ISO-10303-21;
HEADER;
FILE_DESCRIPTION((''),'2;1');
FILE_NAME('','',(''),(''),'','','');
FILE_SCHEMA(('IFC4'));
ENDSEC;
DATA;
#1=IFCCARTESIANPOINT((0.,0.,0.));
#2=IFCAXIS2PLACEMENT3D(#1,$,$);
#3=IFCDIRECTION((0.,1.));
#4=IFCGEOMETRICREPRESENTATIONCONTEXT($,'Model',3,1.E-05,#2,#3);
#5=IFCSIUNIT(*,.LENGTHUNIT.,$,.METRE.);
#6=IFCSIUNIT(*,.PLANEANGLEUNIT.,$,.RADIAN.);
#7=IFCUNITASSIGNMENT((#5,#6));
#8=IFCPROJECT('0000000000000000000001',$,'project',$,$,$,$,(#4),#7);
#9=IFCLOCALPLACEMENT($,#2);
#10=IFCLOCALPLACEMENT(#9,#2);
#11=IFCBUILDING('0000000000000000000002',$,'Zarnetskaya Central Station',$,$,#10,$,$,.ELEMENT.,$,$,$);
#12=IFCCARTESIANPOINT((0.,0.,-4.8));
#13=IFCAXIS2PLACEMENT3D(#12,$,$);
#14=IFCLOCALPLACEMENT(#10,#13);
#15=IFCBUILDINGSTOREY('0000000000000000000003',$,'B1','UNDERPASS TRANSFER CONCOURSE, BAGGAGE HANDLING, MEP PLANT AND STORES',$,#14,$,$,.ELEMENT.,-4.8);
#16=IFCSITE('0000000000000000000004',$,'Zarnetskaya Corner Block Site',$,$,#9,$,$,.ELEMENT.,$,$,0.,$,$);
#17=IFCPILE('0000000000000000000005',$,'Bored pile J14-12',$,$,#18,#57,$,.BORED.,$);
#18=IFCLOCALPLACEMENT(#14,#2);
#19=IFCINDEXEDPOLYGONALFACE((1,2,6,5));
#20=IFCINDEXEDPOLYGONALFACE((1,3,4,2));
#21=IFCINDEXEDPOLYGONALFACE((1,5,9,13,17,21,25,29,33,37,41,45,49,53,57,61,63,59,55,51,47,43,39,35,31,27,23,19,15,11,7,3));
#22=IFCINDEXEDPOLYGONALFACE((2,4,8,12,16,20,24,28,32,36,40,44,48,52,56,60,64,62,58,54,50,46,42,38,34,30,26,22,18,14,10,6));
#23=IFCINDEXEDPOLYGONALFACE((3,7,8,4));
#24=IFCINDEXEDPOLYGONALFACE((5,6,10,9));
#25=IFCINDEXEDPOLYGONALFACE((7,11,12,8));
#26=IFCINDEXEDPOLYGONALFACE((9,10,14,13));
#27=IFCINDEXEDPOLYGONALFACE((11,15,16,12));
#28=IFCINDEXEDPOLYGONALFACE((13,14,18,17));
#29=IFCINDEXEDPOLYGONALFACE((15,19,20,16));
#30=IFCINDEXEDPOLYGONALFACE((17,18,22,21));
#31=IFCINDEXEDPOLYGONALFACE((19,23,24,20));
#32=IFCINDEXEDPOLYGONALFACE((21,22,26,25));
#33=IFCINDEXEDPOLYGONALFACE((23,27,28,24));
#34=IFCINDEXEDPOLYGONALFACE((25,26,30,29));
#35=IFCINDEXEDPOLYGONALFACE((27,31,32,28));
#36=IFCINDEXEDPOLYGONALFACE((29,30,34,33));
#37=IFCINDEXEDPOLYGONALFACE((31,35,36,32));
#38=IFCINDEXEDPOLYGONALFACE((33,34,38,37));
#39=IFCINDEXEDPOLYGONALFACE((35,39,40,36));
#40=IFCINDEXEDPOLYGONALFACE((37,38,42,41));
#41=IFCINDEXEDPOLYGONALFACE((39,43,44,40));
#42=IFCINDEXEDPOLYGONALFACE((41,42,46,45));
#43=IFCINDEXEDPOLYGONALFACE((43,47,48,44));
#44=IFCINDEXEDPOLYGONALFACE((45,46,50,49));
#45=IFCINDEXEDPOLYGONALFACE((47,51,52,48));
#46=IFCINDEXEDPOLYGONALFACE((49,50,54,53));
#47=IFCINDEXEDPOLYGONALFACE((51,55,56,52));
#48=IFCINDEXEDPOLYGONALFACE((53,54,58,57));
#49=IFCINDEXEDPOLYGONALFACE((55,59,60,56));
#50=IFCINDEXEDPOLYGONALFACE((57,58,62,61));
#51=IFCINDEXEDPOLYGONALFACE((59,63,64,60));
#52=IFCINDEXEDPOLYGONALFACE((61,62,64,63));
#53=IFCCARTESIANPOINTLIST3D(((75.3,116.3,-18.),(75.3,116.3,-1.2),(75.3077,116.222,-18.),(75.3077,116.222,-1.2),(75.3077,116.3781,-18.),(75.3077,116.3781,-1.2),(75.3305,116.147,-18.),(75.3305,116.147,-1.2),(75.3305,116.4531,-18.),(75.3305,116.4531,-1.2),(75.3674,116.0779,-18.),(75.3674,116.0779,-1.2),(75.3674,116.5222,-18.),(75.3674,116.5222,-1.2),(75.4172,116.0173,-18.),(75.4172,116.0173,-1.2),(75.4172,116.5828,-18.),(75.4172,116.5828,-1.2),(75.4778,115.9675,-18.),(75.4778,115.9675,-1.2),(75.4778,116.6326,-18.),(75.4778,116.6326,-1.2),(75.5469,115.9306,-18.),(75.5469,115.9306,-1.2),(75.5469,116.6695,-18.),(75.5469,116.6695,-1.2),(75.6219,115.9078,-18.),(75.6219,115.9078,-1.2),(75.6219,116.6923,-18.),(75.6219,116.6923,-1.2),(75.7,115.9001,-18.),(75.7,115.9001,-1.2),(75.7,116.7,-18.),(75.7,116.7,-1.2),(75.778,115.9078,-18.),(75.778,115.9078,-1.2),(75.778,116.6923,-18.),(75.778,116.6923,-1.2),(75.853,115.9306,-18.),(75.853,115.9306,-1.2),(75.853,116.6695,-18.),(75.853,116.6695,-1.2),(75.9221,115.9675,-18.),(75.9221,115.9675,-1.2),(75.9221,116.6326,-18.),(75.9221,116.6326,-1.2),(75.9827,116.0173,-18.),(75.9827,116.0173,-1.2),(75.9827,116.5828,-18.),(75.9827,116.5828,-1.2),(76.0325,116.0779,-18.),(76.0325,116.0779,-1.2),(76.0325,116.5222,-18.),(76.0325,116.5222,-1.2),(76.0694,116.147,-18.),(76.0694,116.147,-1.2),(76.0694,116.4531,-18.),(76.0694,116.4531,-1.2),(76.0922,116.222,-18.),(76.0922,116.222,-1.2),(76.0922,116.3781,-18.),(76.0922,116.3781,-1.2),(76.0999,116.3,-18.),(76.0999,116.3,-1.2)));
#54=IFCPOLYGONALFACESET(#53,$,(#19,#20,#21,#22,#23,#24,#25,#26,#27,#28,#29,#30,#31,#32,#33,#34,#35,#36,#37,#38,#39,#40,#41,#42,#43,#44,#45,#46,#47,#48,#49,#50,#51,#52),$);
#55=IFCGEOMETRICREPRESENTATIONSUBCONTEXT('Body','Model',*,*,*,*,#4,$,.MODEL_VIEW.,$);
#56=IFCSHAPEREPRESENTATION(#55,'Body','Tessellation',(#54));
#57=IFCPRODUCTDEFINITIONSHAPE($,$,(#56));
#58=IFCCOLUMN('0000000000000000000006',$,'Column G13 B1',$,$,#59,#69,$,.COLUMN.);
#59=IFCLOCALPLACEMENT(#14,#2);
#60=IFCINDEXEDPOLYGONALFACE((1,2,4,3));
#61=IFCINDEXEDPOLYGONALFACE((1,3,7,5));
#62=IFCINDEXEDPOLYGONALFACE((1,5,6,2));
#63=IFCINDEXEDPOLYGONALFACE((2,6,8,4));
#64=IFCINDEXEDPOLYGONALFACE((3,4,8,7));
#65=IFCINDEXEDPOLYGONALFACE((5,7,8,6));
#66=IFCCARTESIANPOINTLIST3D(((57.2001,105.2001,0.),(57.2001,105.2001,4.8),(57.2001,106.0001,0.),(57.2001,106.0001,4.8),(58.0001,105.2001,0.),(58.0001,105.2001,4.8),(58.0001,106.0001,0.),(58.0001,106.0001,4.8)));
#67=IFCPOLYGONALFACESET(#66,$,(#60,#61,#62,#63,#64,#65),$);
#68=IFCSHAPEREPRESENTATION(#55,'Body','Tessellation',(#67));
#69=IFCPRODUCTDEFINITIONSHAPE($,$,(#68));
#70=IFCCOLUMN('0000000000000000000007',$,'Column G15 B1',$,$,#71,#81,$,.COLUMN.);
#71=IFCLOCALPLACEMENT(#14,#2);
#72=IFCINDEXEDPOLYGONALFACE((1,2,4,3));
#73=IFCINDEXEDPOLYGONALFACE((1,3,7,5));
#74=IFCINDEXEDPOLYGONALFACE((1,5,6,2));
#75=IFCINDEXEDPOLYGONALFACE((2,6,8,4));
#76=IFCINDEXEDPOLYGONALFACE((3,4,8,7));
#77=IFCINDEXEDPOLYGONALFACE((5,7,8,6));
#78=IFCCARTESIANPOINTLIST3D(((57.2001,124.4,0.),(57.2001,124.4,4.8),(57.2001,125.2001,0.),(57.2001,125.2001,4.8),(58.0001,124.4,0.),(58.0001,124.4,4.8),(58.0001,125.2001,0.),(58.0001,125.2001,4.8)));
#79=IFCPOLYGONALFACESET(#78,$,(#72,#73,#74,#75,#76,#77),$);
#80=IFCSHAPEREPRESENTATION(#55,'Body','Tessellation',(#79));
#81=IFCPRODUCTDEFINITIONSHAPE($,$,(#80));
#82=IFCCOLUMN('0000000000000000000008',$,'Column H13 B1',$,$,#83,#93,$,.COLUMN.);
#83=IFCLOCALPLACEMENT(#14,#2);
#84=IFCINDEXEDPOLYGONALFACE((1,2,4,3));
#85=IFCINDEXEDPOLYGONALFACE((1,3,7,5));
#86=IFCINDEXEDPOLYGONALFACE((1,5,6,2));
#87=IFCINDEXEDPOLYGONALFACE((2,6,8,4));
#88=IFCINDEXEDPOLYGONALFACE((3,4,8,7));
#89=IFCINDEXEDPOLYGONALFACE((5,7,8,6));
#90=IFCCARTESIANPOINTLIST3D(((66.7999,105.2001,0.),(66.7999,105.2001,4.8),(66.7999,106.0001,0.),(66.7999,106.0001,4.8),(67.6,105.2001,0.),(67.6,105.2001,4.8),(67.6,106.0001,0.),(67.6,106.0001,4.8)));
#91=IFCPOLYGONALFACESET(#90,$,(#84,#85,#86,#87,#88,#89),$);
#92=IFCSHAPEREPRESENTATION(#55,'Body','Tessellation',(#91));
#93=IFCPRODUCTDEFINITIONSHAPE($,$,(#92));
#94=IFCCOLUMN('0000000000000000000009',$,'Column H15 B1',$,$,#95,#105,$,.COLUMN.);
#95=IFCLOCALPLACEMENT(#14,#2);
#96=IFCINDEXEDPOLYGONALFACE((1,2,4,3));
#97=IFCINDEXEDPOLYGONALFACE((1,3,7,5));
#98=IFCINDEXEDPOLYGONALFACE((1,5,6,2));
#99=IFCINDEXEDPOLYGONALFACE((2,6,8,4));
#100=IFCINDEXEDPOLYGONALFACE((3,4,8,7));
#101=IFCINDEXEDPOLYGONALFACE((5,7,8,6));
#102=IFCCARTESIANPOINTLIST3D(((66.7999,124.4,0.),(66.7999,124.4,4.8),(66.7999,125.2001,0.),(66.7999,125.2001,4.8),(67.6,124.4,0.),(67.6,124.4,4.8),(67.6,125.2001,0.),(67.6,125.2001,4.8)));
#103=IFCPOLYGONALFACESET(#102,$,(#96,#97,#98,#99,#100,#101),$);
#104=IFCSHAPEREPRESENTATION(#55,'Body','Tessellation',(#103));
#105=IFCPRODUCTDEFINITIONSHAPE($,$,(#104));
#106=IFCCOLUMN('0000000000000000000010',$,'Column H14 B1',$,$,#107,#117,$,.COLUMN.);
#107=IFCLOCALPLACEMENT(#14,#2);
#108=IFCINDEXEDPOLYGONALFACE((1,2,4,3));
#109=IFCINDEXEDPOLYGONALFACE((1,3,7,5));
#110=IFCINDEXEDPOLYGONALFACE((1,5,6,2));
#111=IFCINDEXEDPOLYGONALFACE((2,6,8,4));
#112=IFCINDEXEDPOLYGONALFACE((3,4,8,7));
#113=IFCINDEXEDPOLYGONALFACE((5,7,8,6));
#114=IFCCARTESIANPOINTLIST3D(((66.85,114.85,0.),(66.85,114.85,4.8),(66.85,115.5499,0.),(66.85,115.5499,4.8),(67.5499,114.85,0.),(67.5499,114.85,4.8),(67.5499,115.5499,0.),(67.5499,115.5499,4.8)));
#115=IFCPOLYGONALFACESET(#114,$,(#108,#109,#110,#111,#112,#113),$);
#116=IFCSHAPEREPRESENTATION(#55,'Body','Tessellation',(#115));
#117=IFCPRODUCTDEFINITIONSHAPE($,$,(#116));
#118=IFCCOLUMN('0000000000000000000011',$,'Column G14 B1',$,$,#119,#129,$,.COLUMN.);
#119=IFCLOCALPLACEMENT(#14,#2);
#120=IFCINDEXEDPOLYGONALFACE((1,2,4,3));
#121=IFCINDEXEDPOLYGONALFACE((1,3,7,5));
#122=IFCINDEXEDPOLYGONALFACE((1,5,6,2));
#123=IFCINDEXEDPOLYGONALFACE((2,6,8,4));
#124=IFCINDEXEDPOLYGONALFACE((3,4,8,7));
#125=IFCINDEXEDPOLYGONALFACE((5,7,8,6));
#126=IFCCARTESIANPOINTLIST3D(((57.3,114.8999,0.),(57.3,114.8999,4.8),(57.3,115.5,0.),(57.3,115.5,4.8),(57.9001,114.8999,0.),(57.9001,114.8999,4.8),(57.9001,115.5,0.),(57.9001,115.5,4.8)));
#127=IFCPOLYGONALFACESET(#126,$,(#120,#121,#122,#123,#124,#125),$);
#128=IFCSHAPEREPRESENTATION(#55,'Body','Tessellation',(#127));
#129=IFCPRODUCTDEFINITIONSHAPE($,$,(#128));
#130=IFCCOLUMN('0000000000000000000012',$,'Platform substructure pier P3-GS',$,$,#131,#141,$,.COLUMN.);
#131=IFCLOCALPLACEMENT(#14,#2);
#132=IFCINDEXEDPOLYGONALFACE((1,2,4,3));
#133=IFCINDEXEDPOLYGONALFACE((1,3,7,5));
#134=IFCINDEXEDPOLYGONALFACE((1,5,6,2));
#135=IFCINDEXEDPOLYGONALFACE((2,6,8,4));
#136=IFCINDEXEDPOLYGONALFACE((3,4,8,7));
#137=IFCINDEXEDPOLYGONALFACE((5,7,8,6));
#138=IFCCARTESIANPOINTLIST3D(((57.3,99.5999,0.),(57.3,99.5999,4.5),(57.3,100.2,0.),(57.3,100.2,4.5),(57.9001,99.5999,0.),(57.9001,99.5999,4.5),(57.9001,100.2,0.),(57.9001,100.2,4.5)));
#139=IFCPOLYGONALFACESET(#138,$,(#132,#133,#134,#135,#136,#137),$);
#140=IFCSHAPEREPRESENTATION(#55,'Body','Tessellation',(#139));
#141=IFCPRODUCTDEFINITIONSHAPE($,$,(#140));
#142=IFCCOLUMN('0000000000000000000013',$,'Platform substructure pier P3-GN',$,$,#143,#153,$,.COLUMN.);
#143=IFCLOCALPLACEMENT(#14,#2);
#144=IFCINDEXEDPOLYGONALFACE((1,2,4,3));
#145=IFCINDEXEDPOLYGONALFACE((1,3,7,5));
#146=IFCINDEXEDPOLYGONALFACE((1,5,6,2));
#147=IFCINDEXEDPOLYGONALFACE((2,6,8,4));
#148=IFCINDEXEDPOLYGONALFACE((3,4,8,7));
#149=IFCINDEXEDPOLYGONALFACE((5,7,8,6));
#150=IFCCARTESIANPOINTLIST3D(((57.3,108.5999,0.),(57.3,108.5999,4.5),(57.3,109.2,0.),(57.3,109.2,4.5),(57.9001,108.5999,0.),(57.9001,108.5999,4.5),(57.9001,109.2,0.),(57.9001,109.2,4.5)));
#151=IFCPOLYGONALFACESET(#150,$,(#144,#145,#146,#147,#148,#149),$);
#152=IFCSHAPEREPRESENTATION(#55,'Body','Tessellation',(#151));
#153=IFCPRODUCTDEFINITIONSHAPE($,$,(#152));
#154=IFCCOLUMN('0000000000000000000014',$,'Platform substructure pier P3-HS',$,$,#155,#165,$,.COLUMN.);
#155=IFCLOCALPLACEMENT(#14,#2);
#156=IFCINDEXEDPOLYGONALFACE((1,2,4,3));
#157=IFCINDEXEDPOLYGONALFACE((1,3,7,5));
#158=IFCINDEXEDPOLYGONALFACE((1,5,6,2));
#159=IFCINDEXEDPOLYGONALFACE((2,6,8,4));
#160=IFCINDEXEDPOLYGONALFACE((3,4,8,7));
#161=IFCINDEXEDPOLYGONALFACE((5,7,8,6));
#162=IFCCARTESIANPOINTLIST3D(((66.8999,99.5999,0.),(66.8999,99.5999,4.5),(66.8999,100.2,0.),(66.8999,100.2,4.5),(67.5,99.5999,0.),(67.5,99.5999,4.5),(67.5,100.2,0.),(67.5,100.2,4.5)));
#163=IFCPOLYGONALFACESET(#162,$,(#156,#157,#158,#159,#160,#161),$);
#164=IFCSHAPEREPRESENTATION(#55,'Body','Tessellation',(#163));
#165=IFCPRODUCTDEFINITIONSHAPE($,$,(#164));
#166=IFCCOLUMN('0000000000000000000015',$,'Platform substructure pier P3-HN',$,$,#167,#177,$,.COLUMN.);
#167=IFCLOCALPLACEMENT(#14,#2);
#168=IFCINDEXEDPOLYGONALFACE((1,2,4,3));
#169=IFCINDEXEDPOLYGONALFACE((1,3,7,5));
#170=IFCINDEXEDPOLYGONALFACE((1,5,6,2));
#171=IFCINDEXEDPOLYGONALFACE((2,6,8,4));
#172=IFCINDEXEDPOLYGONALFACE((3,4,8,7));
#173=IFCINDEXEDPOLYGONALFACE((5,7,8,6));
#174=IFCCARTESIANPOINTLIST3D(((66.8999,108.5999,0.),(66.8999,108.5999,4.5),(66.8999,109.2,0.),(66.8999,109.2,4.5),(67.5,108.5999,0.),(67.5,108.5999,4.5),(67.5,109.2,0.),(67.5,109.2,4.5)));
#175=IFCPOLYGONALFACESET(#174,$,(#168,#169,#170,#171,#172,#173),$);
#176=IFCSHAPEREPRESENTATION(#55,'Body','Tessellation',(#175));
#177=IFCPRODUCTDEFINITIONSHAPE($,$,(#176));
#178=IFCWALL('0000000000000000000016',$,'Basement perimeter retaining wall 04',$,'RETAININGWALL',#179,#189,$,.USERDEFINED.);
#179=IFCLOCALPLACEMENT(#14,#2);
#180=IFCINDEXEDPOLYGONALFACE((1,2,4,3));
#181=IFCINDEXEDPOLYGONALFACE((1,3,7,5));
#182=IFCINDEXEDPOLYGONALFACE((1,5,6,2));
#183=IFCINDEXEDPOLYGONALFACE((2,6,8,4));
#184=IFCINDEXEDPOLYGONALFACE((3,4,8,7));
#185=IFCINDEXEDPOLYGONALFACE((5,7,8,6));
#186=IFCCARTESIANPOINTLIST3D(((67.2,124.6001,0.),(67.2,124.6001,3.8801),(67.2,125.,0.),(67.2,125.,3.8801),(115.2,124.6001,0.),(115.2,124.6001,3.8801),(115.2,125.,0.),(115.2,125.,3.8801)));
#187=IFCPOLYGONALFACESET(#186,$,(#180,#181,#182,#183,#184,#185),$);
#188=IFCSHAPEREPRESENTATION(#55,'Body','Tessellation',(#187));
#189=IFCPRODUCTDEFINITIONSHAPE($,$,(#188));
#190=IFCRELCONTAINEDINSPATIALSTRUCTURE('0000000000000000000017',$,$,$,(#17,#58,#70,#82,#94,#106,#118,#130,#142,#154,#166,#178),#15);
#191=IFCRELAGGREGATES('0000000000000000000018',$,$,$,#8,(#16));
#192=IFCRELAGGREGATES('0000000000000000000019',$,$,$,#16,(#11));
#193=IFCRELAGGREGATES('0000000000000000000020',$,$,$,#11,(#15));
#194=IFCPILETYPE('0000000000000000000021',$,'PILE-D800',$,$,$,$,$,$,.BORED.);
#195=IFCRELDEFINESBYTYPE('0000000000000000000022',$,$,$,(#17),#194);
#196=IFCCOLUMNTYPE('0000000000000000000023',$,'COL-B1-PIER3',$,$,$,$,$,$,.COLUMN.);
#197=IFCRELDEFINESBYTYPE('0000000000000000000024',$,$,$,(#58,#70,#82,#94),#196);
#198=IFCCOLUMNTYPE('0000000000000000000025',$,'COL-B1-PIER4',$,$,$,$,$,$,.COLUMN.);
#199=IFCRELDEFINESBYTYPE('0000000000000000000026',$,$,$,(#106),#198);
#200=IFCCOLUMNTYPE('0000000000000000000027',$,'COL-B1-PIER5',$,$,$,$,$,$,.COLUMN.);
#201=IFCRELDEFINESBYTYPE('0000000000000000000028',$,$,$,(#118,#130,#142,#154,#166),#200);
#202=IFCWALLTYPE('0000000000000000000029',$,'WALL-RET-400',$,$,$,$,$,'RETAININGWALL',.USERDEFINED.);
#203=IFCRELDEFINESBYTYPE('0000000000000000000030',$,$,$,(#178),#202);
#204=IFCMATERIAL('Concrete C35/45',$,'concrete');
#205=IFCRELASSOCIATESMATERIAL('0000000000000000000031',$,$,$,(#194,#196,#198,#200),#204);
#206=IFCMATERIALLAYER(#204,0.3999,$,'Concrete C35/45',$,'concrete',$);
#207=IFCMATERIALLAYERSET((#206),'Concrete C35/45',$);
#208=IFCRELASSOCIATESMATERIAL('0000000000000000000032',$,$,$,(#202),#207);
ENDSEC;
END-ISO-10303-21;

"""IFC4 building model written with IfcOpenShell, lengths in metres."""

from ifc_helpers import new_model, si_unit, direction, frame, frame_2d, origin, origin_2d, place, context, subcontext, project, spatial, rectangle, circle, extrude, material, layer, layer_set, material_profile, profile_set, type_object, element, save


model = new_model("IFC4")

# Units and contexts
model_context = context("Model", 3, precision=1e-05, world=origin(), true_north=direction((0.0, 1.0)))
body_context = subcontext(model_context, "Body", "Model", "MODEL_VIEW")
ifc_project = project(units=[si_unit("LENGTHUNIT", "METRE"), si_unit("PLANEANGLEUNIT", "RADIAN")], contexts=[model_context])

# Site, building, storey
site_placement = place(None, origin())
site = spatial("IfcSite", under=ifc_project, at=site_placement, Name="Zarnetskaya Corner Block Site", CompositionType="ELEMENT", RefElevation=0.0)
building_placement = place(site_placement, origin())
building = spatial("IfcBuilding", under=site, at=building_placement, Name="Zarnetskaya Central Station", CompositionType="ELEMENT")
storey_placement = place(building_placement, frame((0.0, 0.0, -4.8)))
storey = spatial("IfcBuildingStorey", under=building, at=storey_placement, Name="B1", Description="UNDERPASS TRANSFER CONCOURSE, BAGGAGE HANDLING, MEP PLANT AND STORES", CompositionType="ELEMENT", Elevation=-4.8)

# Shared definitions
ifc_material = material(Name="Concrete C35/45", Category="concrete")

# Pile
ifc_material_profile_1 = material_profile(ifc_material, circle(Radius=0.3999, at=origin_2d()), Name="BORED PILE D800")
ifc_profile_set_1 = profile_set([ifc_material_profile_1], Name="Concrete C35/45")
pile_type_1 = type_object("IfcPileType", Name="PILE-D800", PredefinedType="BORED", material=ifc_profile_set_1)
for number, where, z_axis, x_axis, name in (
    (1, (75.7, 116.3, -1.2), (0.0, 0.0, -1.0), (1.0, 0.0, 0.0), "Bored pile J14-12"),
):
    element("IfcPile", number, at=place(storey_placement, frame(where, z_axis=z_axis, x_axis=x_axis)), inside=storey, type_object=pile_type_1, Name=name, PredefinedType="BORED", context=body_context, shape_type="SweptSolid", body=[
        extrude(circle(Radius=0.3999, at=origin_2d()), origin(), (0.0, 0.0, 1.0), 16.8),
    ])

# Columns
ifc_material_profile_2 = material_profile(ifc_material, rectangle(XDim=0.8, YDim=0.8, at=origin_2d()), Name="RC 800x800")
ifc_profile_set_2 = profile_set([ifc_material_profile_2], Name="Concrete C35/45")
column_type_1 = type_object("IfcColumnType", Name="COL-B1-PIER3", PredefinedType="COLUMN", material=ifc_profile_set_2)
for number, where, z_axis, x_axis, name in (
    (2, (57.6001, 105.6001, 0.0), (0.0, 0.0, 1.0), (1.0, 0.0, 0.0), "Column G13 B1"),
    (3, (57.6001, 124.8, 0.0), (0.0, 0.0, 1.0), (1.0, 0.0, 0.0), "Column G15 B1"),
    (4, (67.2, 105.6001, 0.0), (0.0, 0.0, 1.0), (1.0, 0.0, 0.0), "Column H13 B1"),
    (5, (67.2, 124.8, 0.0), (0.0, 0.0, 1.0), (1.0, 0.0, 0.0), "Column H15 B1"),
):
    element("IfcColumn", number, at=place(storey_placement, frame(where, z_axis=z_axis, x_axis=x_axis)), inside=storey, type_object=column_type_1, Name=name, PredefinedType="COLUMN", context=body_context, shape_type="SweptSolid", body=[
        extrude(rectangle(XDim=0.8, YDim=0.8, at=origin_2d()), origin(), (0.0, 0.0, 1.0), 4.8),
    ])
ifc_material_profile_3 = material_profile(ifc_material, rectangle(XDim=0.7, YDim=0.7, at=origin_2d()), Name="RC 700x700")
ifc_profile_set_3 = profile_set([ifc_material_profile_3], Name="Concrete C35/45")
column_type_2 = type_object("IfcColumnType", Name="COL-B1-PIER4", PredefinedType="COLUMN", material=ifc_profile_set_3)
column_1_placement = place(storey_placement, frame((67.2, 115.2, 0.0), z_axis=(0.0, 0.0, 1.0), x_axis=(1.0, 0.0, 0.0)))
element("IfcColumn", 6, at=column_1_placement, inside=storey, type_object=column_type_2, Name="Column H14 B1", PredefinedType="COLUMN", context=body_context, shape_type="SweptSolid", body=[
    extrude(rectangle(XDim=0.7, YDim=0.7, at=origin_2d()), origin(), (0.0, 0.0, 1.0), 4.8),
])
ifc_material_profile_4 = material_profile(ifc_material, rectangle(XDim=0.6001, YDim=0.6001, at=origin_2d()), Name="RC 600x600")
ifc_profile_set_4 = profile_set([ifc_material_profile_4], Name="Concrete C35/45")
column_type_3 = type_object("IfcColumnType", Name="COL-B1-PIER5", PredefinedType="COLUMN", material=ifc_profile_set_4)
column_2_placement = place(storey_placement, frame((57.6001, 115.2, 0.0), z_axis=(0.0, 0.0, 1.0), x_axis=(1.0, 0.0, 0.0)))
element("IfcColumn", 7, at=column_2_placement, inside=storey, type_object=column_type_3, Name="Column G14 B1", PredefinedType="COLUMN", context=body_context, shape_type="SweptSolid", body=[
    extrude(rectangle(XDim=0.6001, YDim=0.6001, at=origin_2d()), origin(), (0.0, 0.0, 1.0), 4.8),
])
for number, where, z_axis, x_axis, name in (
    (8, (57.6001, 99.8999, 0.0), (0.0, 0.0, 1.0), (1.0, 0.0, 0.0), "Platform substructure pier P3-GS"),
    (9, (57.6001, 108.8999, 0.0), (0.0, 0.0, 1.0), (1.0, 0.0, 0.0), "Platform substructure pier P3-GN"),
    (10, (67.2, 99.8999, 0.0), (0.0, 0.0, 1.0), (1.0, 0.0, 0.0), "Platform substructure pier P3-HS"),
    (11, (67.2, 108.8999, 0.0), (0.0, 0.0, 1.0), (1.0, 0.0, 0.0), "Platform substructure pier P3-HN"),
):
    element("IfcColumn", number, at=place(storey_placement, frame(where, z_axis=z_axis, x_axis=x_axis)), inside=storey, type_object=column_type_3, Name=name, PredefinedType="COLUMN", context=body_context, shape_type="SweptSolid", body=[
        extrude(rectangle(XDim=0.6001, YDim=0.6001, at=origin_2d()), origin(), (0.0, 0.0, 1.0), 4.5),
    ])

# Wall
ifc_layer = layer(ifc_material, 0.3999, Name="Concrete C35/45", Category="concrete")
ifc_layer_set = layer_set([ifc_layer], Name="Concrete C35/45")
wall_type = type_object("IfcWallType", Name="WALL-RET-400", ElementType="RETAININGWALL", PredefinedType="USERDEFINED", material=ifc_layer_set)
wall_placement = place(storey_placement, frame((67.2, 124.8, 0.0), z_axis=(0.0, 0.0, 1.0), x_axis=(1.0, 0.0, 0.0)))
element("IfcWall", 12, at=wall_placement, inside=storey, type_object=wall_type, Name="Basement perimeter retaining wall 04", ObjectType="RETAININGWALL", PredefinedType="USERDEFINED", context=body_context, shape_type="SweptSolid", body=[
    extrude(rectangle(XDim=48.0, YDim=0.3999, at=frame_2d((24.0, 0.0))), origin(), (0.0, 0.0, 1.0), 3.8801),
])

save(model, "model.ifc")
